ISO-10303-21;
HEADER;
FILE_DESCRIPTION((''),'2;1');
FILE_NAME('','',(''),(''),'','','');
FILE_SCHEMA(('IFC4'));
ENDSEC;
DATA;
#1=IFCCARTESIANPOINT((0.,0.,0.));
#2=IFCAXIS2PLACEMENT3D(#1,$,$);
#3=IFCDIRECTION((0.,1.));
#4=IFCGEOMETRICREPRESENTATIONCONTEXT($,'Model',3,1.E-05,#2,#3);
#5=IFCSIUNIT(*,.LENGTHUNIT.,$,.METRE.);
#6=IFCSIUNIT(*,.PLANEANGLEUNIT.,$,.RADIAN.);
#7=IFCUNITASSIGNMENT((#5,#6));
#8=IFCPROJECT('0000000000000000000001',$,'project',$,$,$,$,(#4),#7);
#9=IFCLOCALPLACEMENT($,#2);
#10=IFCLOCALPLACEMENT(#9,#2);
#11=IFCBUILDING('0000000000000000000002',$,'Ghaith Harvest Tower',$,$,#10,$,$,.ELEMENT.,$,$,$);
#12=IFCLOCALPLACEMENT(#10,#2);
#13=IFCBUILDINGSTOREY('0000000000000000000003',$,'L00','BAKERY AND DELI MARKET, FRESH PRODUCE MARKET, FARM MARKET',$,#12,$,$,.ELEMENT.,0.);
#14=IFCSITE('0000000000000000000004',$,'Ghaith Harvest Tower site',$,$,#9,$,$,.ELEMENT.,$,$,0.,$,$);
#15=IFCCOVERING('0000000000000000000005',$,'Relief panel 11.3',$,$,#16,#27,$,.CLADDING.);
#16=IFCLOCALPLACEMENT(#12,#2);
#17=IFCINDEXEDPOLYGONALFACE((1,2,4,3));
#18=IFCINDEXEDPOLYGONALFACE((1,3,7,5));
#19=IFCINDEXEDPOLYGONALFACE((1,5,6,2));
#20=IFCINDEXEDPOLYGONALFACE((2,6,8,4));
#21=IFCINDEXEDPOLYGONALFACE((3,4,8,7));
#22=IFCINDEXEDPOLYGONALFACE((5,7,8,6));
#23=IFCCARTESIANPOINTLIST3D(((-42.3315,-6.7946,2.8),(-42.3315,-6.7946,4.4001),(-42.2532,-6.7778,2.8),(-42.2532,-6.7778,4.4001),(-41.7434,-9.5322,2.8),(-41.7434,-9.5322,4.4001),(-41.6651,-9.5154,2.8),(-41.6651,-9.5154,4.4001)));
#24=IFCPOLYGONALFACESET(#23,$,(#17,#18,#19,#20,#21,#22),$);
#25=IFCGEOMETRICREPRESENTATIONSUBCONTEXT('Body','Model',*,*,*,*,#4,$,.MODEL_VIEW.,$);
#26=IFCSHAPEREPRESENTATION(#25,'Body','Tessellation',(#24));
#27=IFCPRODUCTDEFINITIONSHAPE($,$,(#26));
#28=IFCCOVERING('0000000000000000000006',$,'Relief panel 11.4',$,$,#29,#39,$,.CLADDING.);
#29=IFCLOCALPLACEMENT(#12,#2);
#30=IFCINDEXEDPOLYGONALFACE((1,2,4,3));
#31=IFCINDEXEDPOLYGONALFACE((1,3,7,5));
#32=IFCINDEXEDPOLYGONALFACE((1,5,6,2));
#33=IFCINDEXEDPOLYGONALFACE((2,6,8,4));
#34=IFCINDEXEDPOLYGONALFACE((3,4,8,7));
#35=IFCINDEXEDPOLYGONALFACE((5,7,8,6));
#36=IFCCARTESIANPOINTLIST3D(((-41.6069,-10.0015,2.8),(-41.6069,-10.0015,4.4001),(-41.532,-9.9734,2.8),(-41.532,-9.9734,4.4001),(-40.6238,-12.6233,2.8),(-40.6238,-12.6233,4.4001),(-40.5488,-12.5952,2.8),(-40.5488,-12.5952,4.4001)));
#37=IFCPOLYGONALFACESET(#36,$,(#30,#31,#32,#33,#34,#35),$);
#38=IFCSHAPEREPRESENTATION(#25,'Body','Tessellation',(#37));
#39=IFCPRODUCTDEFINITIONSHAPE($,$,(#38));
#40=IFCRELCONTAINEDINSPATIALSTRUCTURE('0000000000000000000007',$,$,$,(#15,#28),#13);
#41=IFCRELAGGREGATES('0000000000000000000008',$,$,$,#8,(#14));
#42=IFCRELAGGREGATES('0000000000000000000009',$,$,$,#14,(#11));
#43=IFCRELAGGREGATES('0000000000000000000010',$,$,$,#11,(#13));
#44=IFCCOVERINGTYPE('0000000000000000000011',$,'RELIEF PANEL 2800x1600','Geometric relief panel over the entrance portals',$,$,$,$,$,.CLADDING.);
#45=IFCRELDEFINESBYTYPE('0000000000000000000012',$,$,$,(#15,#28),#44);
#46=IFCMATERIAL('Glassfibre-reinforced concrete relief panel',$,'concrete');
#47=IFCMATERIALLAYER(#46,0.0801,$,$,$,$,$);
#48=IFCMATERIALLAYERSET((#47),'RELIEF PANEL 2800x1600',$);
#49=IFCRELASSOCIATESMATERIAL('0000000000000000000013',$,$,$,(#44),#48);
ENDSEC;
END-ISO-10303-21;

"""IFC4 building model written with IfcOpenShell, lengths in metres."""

from ifc_helpers import new_model, si_unit, direction, frame, origin, origin_2d, place, context, subcontext, project, spatial, rectangle, extrude, material, layer, layer_set, type_object, element, save


model = new_model("IFC4")

# Units and contexts
model_context = context("Model", 3, precision=1e-05, world=origin(), true_north=direction((0.0, 1.0)))
body_context = subcontext(model_context, "Body", "Model", "MODEL_VIEW")
ifc_project = project(units=[si_unit("LENGTHUNIT", "METRE"), si_unit("PLANEANGLEUNIT", "RADIAN")], contexts=[model_context])

# Site, building, storey
site_placement = place(None, origin())
site = spatial("IfcSite", under=ifc_project, at=site_placement, Name="Ghaith Harvest Tower site", CompositionType="ELEMENT", RefElevation=0.0)
building_placement = place(site_placement, origin())
building = spatial("IfcBuilding", under=site, at=building_placement, Name="Ghaith Harvest Tower", CompositionType="ELEMENT")
storey_placement = place(building_placement, origin())
storey = spatial("IfcBuildingStorey", under=building, at=storey_placement, Name="L00", Description="BAKERY AND DELI MARKET, FRESH PRODUCE MARKET, FARM MARKET", CompositionType="ELEMENT", Elevation=0.0)

# Coverings
ifc_material_1 = material(Name="Glassfibre-reinforced concrete relief panel", Category="concrete")
ifc_layer_1 = layer(ifc_material_1, 0.0801)
ifc_layer_set_1 = layer_set([ifc_layer_1], Name="RELIEF PANEL 2800x1600")
covering_type = type_object("IfcCoveringType", Name="RELIEF PANEL 2800x1600", Description="Geometric relief panel over the entrance portals", PredefinedType="CLADDING", material=ifc_layer_set_1)
for number, where, z_axis, x_axis, name in (
    (1, (-41.9983, -8.155, 2.8), (0.0, 0.0, 1.0), (0.210018, -0.977698, 0.0), "Relief panel 11.3"),
    (2, (-41.0779, -11.2983, 2.8), (0.0, 0.0, 1.0), (0.351108, -0.936335, 0.0), "Relief panel 11.4"),
):
    element("IfcCovering", number, at=place(storey_placement, frame(where, z_axis=z_axis, x_axis=x_axis)), inside=storey, type_object=covering_type, Name=name, PredefinedType="CLADDING", context=body_context, shape_type="SweptSolid", body=[
        extrude(rectangle(XDim=2.8, YDim=0.0801, at=origin_2d()), origin(), (0.0, 0.0, 1.0), 1.6001),
    ])

save(model, "model.ifc")
